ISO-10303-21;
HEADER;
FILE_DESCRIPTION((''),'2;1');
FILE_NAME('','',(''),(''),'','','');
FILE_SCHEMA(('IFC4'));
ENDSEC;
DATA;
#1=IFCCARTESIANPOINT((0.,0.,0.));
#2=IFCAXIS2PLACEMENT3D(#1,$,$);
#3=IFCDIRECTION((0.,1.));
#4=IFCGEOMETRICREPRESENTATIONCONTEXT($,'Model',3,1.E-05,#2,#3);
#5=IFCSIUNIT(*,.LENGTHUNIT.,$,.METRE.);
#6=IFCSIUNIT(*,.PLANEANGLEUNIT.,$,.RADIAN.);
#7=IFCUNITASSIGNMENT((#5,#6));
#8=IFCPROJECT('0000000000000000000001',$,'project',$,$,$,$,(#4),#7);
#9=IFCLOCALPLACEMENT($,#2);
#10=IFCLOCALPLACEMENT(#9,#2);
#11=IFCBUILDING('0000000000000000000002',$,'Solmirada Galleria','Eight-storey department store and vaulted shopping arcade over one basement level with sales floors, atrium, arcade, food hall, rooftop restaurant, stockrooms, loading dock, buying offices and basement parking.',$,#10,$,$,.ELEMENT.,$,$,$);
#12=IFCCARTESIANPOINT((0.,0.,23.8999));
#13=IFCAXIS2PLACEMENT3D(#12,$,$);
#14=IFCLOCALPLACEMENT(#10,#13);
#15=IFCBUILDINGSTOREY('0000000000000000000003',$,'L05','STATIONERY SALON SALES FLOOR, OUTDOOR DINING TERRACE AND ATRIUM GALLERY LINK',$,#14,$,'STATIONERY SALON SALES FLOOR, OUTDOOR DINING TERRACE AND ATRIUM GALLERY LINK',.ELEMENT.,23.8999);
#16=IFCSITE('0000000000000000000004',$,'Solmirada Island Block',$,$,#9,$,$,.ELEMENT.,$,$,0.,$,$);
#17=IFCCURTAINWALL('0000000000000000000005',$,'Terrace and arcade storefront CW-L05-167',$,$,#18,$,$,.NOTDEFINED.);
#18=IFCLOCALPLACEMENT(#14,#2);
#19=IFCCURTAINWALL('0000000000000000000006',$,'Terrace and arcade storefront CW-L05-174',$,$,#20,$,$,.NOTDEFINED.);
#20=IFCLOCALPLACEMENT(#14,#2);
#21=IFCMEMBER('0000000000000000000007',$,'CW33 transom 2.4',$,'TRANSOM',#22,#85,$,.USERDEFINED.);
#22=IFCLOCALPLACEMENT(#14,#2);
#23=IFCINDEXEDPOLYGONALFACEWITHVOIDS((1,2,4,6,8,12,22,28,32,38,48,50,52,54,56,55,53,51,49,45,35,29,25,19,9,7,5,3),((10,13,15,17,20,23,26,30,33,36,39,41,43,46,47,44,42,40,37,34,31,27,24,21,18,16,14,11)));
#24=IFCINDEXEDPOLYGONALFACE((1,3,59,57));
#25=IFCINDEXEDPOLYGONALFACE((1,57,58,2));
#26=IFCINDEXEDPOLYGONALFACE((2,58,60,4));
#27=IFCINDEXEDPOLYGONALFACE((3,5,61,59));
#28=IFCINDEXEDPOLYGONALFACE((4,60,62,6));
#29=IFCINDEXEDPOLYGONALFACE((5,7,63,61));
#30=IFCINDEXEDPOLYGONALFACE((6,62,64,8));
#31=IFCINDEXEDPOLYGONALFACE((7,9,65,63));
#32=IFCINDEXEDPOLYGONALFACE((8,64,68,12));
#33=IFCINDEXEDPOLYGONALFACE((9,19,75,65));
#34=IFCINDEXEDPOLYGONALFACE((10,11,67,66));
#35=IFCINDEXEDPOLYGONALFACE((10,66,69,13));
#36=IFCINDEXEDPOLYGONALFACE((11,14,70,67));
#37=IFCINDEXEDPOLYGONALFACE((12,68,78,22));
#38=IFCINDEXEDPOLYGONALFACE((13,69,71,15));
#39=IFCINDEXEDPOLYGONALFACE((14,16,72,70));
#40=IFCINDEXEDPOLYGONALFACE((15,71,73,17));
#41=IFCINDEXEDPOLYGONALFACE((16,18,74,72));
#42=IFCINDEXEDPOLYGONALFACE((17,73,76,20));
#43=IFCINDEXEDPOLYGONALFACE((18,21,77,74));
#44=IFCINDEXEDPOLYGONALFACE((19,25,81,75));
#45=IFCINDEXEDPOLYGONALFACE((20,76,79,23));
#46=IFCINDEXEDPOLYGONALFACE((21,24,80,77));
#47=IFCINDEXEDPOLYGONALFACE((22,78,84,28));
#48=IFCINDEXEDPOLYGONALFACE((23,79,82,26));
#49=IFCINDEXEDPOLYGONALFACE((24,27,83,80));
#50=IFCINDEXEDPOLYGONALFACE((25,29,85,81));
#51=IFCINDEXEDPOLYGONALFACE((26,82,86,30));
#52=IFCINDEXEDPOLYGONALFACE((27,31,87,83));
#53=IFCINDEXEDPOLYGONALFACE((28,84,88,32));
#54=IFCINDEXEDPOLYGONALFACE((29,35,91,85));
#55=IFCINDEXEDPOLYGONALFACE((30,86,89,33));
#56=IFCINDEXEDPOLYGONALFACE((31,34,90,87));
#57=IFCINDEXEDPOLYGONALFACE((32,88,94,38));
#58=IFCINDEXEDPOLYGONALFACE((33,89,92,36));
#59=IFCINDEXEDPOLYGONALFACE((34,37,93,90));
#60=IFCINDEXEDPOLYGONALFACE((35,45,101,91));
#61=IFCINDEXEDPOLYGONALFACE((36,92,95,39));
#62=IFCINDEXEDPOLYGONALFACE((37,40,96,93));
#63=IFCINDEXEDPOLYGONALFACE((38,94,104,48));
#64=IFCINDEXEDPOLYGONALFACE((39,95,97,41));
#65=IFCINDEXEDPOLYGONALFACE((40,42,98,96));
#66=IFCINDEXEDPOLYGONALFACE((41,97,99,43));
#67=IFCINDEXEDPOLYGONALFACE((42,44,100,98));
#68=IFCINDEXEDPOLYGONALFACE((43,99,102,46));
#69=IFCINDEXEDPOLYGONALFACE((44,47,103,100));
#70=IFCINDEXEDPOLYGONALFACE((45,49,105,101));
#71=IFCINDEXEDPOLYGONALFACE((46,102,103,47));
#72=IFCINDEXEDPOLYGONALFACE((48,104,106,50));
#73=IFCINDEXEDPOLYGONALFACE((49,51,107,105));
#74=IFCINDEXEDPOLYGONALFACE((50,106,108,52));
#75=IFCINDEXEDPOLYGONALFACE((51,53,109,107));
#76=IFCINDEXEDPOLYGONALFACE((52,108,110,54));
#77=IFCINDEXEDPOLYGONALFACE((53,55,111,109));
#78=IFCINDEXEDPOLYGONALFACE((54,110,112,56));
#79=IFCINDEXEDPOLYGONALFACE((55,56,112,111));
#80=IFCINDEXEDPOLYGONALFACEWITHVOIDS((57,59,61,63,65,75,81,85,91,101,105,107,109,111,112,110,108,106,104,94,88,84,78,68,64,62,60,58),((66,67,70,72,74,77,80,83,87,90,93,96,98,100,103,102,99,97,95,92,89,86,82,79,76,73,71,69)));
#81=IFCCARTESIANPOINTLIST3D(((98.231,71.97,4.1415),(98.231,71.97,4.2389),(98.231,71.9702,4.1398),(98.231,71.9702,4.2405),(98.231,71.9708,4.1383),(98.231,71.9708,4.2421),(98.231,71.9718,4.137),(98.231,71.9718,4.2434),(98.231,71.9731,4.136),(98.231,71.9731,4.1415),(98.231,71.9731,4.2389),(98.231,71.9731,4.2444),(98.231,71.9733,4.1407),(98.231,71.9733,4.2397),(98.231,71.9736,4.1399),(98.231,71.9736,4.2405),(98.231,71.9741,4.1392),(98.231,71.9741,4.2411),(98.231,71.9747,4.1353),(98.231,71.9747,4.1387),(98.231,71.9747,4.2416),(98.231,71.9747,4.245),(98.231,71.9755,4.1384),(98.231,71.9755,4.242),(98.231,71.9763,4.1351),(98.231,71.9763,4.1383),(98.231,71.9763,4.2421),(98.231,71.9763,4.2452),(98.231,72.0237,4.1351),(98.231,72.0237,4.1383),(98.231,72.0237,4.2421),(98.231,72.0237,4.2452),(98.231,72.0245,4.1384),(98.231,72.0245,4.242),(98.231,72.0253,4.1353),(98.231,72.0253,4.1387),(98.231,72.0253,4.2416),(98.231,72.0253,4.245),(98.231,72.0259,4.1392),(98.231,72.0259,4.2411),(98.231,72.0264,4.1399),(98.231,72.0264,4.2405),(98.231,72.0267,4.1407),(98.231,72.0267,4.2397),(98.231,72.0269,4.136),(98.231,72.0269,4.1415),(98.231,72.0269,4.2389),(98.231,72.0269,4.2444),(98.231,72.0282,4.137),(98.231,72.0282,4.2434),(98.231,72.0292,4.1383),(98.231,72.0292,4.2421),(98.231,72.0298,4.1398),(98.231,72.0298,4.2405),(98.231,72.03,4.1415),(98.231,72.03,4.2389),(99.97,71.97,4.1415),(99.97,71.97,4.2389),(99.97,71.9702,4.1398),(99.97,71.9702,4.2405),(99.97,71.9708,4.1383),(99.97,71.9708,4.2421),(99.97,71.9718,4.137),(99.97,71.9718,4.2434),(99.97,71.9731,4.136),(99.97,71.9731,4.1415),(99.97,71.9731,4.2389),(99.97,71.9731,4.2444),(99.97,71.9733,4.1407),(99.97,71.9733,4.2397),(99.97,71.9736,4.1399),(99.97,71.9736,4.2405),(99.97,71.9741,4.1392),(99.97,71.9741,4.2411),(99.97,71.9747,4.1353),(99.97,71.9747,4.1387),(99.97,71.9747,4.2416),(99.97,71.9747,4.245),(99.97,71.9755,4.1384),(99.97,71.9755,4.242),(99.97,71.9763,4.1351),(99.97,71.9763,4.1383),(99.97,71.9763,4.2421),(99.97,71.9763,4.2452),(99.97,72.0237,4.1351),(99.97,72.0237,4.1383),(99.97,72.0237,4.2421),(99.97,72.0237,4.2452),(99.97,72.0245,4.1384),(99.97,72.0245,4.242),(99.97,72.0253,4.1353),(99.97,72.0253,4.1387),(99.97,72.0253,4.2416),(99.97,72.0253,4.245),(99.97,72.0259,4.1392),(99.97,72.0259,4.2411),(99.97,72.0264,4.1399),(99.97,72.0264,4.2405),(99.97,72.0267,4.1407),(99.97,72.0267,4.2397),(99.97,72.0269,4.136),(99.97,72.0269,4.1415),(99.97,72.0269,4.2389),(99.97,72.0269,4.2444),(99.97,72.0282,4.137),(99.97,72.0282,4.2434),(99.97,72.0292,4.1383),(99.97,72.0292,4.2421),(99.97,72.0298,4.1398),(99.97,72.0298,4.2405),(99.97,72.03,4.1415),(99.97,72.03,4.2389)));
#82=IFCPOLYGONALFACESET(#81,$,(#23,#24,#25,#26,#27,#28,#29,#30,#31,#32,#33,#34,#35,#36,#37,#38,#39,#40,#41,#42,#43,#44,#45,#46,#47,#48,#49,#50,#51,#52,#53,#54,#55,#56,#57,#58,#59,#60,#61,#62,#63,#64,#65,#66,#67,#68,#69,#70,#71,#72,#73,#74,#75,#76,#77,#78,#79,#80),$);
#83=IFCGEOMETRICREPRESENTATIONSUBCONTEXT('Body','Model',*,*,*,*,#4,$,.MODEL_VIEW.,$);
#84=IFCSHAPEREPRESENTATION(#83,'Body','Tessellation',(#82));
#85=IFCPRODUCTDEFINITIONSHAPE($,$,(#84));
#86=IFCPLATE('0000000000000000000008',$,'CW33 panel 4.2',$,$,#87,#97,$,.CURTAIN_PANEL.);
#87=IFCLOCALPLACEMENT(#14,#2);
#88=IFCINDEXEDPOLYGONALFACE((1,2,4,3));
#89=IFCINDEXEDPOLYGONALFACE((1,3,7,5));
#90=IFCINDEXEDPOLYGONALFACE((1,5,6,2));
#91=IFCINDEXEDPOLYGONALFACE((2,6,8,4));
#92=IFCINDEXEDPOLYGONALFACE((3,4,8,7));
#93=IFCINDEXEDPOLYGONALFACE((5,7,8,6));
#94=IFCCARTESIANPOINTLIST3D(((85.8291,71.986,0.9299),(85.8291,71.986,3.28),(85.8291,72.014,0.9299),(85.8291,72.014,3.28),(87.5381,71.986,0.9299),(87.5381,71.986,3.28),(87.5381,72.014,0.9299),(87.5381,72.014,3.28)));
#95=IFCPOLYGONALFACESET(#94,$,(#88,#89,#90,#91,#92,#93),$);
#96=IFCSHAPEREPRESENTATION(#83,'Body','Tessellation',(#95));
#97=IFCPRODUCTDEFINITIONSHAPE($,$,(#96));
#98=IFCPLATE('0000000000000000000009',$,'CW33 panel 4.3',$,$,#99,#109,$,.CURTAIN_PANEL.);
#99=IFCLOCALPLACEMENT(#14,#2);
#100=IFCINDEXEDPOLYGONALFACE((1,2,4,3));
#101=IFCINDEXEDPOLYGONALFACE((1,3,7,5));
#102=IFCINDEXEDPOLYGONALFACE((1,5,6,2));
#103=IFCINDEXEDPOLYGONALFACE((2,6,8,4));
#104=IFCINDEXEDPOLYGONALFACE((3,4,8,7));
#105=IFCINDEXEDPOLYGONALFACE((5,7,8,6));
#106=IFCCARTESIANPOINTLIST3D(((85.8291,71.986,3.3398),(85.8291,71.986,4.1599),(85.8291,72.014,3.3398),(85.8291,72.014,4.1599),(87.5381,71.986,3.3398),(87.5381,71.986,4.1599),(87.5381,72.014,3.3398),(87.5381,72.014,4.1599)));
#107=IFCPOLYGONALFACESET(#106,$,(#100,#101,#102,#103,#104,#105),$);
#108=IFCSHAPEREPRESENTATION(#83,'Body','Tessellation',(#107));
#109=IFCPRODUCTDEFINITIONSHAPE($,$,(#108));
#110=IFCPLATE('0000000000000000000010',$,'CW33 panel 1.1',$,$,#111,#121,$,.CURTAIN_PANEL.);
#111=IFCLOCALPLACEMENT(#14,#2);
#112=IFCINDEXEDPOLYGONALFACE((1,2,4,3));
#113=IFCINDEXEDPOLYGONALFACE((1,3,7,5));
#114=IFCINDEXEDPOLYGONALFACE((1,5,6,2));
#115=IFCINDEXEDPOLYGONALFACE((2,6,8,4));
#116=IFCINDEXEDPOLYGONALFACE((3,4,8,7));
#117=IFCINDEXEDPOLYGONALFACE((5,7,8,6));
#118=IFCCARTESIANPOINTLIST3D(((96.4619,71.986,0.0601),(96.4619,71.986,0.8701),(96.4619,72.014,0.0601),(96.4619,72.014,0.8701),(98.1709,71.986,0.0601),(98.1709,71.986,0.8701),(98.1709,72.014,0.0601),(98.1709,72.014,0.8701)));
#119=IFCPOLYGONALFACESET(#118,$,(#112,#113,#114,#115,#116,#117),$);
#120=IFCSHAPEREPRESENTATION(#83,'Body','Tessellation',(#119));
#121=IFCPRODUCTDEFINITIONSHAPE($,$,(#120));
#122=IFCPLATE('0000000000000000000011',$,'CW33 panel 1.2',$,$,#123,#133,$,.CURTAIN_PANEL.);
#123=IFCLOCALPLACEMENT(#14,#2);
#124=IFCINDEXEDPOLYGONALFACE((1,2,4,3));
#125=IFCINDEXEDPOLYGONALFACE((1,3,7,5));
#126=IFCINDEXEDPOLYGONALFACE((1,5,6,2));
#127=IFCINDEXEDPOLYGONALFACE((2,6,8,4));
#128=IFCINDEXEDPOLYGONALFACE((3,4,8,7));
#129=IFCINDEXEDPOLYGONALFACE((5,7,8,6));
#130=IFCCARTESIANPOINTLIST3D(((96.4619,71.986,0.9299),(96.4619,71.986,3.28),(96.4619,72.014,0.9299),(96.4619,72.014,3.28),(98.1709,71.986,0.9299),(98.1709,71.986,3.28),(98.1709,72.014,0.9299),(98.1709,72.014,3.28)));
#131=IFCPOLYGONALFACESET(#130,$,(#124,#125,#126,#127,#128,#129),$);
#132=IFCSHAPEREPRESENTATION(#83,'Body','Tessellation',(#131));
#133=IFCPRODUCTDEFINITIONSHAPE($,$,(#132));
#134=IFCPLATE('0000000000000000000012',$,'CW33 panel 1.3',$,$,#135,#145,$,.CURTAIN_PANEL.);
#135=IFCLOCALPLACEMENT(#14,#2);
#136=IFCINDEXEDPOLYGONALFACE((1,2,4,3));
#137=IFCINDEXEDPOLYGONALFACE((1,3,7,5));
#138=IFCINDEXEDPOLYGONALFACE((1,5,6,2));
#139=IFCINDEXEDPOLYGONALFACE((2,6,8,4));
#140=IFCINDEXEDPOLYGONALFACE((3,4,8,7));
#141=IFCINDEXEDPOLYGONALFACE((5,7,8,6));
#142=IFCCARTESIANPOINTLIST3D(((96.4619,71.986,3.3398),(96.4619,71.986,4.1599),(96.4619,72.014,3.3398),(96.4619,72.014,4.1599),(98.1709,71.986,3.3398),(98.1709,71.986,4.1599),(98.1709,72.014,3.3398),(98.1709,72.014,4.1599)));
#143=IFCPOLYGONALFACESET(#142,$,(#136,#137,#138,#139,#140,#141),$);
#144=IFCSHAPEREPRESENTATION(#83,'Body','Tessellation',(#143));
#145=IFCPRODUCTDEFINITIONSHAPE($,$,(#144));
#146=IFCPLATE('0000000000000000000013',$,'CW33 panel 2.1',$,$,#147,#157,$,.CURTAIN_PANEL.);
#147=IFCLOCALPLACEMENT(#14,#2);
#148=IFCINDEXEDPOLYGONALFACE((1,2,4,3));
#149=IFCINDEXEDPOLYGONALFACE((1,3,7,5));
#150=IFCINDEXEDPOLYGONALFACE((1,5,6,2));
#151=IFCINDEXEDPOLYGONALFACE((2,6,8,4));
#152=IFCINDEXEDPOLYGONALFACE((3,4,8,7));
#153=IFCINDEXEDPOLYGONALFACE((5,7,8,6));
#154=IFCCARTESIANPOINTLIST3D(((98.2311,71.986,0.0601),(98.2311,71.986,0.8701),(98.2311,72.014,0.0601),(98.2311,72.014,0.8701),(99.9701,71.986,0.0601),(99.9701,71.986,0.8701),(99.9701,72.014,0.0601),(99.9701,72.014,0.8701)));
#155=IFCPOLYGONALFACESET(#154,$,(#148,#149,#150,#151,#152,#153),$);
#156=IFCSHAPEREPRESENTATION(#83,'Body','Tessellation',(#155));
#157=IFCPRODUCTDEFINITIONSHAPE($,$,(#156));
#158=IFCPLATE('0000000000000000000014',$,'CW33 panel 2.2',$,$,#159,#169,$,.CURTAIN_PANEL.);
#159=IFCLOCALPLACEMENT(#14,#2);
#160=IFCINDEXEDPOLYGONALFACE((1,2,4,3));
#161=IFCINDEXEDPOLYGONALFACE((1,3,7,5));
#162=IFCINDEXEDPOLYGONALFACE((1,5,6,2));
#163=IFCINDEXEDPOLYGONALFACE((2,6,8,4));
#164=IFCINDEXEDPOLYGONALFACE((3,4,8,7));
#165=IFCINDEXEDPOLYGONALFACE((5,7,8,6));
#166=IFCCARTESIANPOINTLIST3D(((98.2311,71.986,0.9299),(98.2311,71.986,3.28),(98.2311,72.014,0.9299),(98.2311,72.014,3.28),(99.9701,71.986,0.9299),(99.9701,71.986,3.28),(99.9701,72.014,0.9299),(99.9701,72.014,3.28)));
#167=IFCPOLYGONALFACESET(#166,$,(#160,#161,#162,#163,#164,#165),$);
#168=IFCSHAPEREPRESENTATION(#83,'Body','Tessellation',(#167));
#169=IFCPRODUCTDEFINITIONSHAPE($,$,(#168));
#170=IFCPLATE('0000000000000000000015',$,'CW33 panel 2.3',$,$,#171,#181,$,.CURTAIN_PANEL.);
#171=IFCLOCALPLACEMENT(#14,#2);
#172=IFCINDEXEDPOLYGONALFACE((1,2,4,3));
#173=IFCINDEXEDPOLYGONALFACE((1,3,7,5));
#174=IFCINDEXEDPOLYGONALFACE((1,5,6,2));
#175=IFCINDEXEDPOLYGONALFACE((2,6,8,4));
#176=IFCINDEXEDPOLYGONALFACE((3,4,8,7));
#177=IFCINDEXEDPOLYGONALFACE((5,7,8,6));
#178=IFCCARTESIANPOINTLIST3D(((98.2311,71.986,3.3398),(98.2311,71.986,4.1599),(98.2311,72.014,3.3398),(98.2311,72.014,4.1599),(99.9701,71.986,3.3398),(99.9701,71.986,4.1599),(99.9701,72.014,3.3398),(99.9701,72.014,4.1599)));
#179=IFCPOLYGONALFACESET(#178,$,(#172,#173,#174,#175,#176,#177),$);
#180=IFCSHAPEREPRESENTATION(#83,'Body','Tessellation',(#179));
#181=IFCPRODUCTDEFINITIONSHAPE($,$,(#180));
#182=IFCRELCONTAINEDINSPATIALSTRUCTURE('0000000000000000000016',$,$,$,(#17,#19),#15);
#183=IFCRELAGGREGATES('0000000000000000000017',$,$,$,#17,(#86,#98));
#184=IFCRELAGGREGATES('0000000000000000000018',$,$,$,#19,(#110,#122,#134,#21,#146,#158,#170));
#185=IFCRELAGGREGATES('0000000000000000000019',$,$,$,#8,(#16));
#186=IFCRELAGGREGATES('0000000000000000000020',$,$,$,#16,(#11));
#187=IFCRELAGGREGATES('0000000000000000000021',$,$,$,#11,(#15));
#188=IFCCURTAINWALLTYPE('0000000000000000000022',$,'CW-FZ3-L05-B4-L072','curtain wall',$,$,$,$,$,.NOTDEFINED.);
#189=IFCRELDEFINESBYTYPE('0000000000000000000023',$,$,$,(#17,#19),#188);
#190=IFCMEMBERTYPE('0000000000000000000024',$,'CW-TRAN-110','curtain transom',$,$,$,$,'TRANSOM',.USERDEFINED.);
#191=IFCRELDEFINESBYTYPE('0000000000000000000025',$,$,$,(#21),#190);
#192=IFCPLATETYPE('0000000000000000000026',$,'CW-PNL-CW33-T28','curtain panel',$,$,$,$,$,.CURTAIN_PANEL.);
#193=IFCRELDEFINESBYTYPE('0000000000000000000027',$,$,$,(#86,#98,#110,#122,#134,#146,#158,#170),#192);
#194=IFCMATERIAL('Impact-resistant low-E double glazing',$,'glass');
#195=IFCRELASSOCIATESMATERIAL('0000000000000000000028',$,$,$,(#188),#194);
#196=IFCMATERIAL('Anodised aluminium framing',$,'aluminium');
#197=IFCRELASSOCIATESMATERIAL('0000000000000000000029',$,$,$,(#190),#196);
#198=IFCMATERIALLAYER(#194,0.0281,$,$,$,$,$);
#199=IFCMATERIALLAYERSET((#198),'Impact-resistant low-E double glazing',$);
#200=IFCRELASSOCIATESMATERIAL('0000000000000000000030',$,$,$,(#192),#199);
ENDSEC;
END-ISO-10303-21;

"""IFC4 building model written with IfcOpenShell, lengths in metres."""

from ifc_helpers import new_model, si_unit, direction, frame, origin, origin_2d, place, context, subcontext, project, spatial, rectangle, hollow_rectangle, extrude, material, layer, layer_set, material_profile, profile_set, type_object, element, aggregate, save


model = new_model("IFC4")

# Units and contexts
model_context = context("Model", 3, precision=1e-05, world=origin(), true_north=direction((0.0, 1.0)))
body_context = subcontext(model_context, "Body", "Model", "MODEL_VIEW")
ifc_project = project(units=[si_unit("LENGTHUNIT", "METRE"), si_unit("PLANEANGLEUNIT", "RADIAN")], contexts=[model_context])

# Site, building, storey
site_placement = place(None, origin())
site = spatial("IfcSite", under=ifc_project, at=site_placement, Name="Solmirada Island Block", CompositionType="ELEMENT", RefElevation=0.0)
building_placement = place(site_placement, origin())
building = spatial("IfcBuilding", under=site, at=building_placement, Name="Solmirada Galleria", Description="Eight-storey department store and vaulted shopping arcade over one basement level with sales floors, atrium, arcade, food hall, rooftop restaurant, stockrooms, loading dock, buying offices and basement parking.", CompositionType="ELEMENT")
storey_placement = place(building_placement, frame((0.0, 0.0, 23.8999)))
storey = spatial("IfcBuildingStorey", under=building, at=storey_placement, Name="L05", Description="STATIONERY SALON SALES FLOOR, OUTDOOR DINING TERRACE AND ATRIUM GALLERY LINK", LongName="STATIONERY SALON SALES FLOOR, OUTDOOR DINING TERRACE AND ATRIUM GALLERY LINK", CompositionType="ELEMENT", Elevation=23.8999)

# Curtain wall
ifc_material_1 = material(Name="Impact-resistant low-E double glazing", Category="glass")
curtain_wall_type = type_object("IfcCurtainWallType", Name="CW-FZ3-L05-B4-L072", Description="curtain wall", PredefinedType="NOTDEFINED", material=ifc_material_1)
curtain_wall_1_placement = place(storey_placement, origin())
curtain_wall_1 = element("IfcCurtainWall", 1, at=curtain_wall_1_placement, inside=storey, type_object=curtain_wall_type, Name="Terrace and arcade storefront CW-L05-167", PredefinedType="NOTDEFINED")
ifc_material_2 = material(Name="Anodised aluminium framing", Category="aluminium")

# Curtain wall, member
curtain_wall_2_placement = place(storey_placement, origin())
curtain_wall_2 = element("IfcCurtainWall", 2, at=curtain_wall_2_placement, inside=storey, type_object=curtain_wall_type, Name="Terrace and arcade storefront CW-L05-174", PredefinedType="NOTDEFINED")
ifc_material_profile_1 = material_profile(ifc_material_2, hollow_rectangle(XDim=0.0601, YDim=0.1101, WallThickness=0.0032, InnerFilletRadius=0.0032, OuterFilletRadius=0.0063, at=origin_2d()), Name="ALU-TRAN-110X60")
ifc_profile_set_1 = profile_set([ifc_material_profile_1], Name="Anodised aluminium framing")
member_type_1 = type_object("IfcMemberType", Name="CW-TRAN-110", Description="curtain transom", ElementType="TRANSOM", PredefinedType="USERDEFINED", material=ifc_profile_set_1)
member_1_placement = place(storey_placement, frame((98.231, 72.0, 4.1902), z_axis=(1.0, 0.0, 0.0), x_axis=(0.0, 1.0, 0.0)))
member_1 = element("IfcMember", 3, at=member_1_placement, type_object=member_type_1, Name="CW33 transom 2.4", ObjectType="TRANSOM", PredefinedType="USERDEFINED", context=body_context, shape_type="SweptSolid", body=[
    extrude(hollow_rectangle(XDim=0.0601, YDim=0.1101, WallThickness=0.0032, InnerFilletRadius=0.0032, OuterFilletRadius=0.0063, at=origin_2d()), origin(), (0.0, 0.0, 1.0), 1.739),
])

# Plates
ifc_layer = layer(ifc_material_1, 0.0281)
ifc_layer_set = layer_set([ifc_layer], Name="Impact-resistant low-E double glazing")
plate_type = type_object("IfcPlateType", Name="CW-PNL-CW33-T28", Description="curtain panel", PredefinedType="CURTAIN_PANEL", material=ifc_layer_set)
plate_1_placement = place(storey_placement, frame((86.6836, 72.0, 0.9299), z_axis=(0.0, 0.0, 1.0), x_axis=(1.0, 0.0, 0.0)))
plate_1 = element("IfcPlate", 4, at=plate_1_placement, type_object=plate_type, Name="CW33 panel 4.2", PredefinedType="CURTAIN_PANEL", context=body_context, shape_type="SweptSolid", body=[
    extrude(rectangle(XDim=1.709, YDim=0.0281, at=origin_2d()), origin(), (0.0, 0.0, 1.0), 2.3501),
])
plate_2_placement = place(storey_placement, frame((86.6836, 72.0, 3.3398), z_axis=(0.0, 0.0, 1.0), x_axis=(1.0, 0.0, 0.0)))
plate_2 = element("IfcPlate", 5, at=plate_2_placement, type_object=plate_type, Name="CW33 panel 4.3", PredefinedType="CURTAIN_PANEL", context=body_context, shape_type="SweptSolid", body=[
    extrude(rectangle(XDim=1.709, YDim=0.0281, at=origin_2d()), origin(), (0.0, 0.0, 1.0), 0.8201),
])
aggregate(curtain_wall_1, [plate_1, plate_2])
plate_3_placement = place(storey_placement, frame((97.3164, 72.0, 0.0601), z_axis=(0.0, 0.0, 1.0), x_axis=(1.0, 0.0, 0.0)))
plate_3 = element("IfcPlate", 6, at=plate_3_placement, type_object=plate_type, Name="CW33 panel 1.1", PredefinedType="CURTAIN_PANEL", context=body_context, shape_type="SweptSolid", body=[
    extrude(rectangle(XDim=1.709, YDim=0.0281, at=origin_2d()), origin(), (0.0, 0.0, 1.0), 0.8101),
])
plate_4_placement = place(storey_placement, frame((97.3164, 72.0, 0.9299), z_axis=(0.0, 0.0, 1.0), x_axis=(1.0, 0.0, 0.0)))
plate_4 = element("IfcPlate", 7, at=plate_4_placement, type_object=plate_type, Name="CW33 panel 1.2", PredefinedType="CURTAIN_PANEL", context=body_context, shape_type="SweptSolid", body=[
    extrude(rectangle(XDim=1.709, YDim=0.0281, at=origin_2d()), origin(), (0.0, 0.0, 1.0), 2.3501),
])
plate_5_placement = place(storey_placement, frame((97.3164, 72.0, 3.3398), z_axis=(0.0, 0.0, 1.0), x_axis=(1.0, 0.0, 0.0)))
plate_5 = element("IfcPlate", 8, at=plate_5_placement, type_object=plate_type, Name="CW33 panel 1.3", PredefinedType="CURTAIN_PANEL", context=body_context, shape_type="SweptSolid", body=[
    extrude(rectangle(XDim=1.709, YDim=0.0281, at=origin_2d()), origin(), (0.0, 0.0, 1.0), 0.8201),
])
plate_6_placement = place(storey_placement, frame((99.1006, 72.0, 0.0601), z_axis=(0.0, 0.0, 1.0), x_axis=(1.0, 0.0, 0.0)))
plate_6 = element("IfcPlate", 9, at=plate_6_placement, type_object=plate_type, Name="CW33 panel 2.1", PredefinedType="CURTAIN_PANEL", context=body_context, shape_type="SweptSolid", body=[
    extrude(rectangle(XDim=1.739, YDim=0.0281, at=origin_2d()), origin(), (0.0, 0.0, 1.0), 0.8101),
])
plate_7_placement = place(storey_placement, frame((99.1006, 72.0, 0.9299), z_axis=(0.0, 0.0, 1.0), x_axis=(1.0, 0.0, 0.0)))
plate_7 = element("IfcPlate", 10, at=plate_7_placement, type_object=plate_type, Name="CW33 panel 2.2", PredefinedType="CURTAIN_PANEL", context=body_context, shape_type="SweptSolid", body=[
    extrude(rectangle(XDim=1.739, YDim=0.0281, at=origin_2d()), origin(), (0.0, 0.0, 1.0), 2.3501),
])
plate_8_placement = place(storey_placement, frame((99.1006, 72.0, 3.3398), z_axis=(0.0, 0.0, 1.0), x_axis=(1.0, 0.0, 0.0)))
plate_8 = element("IfcPlate", 11, at=plate_8_placement, type_object=plate_type, Name="CW33 panel 2.3", PredefinedType="CURTAIN_PANEL", context=body_context, shape_type="SweptSolid", body=[
    extrude(rectangle(XDim=1.739, YDim=0.0281, at=origin_2d()), origin(), (0.0, 0.0, 1.0), 0.8201),
])
aggregate(curtain_wall_2, [plate_3, plate_4, plate_5, member_1, plate_6, plate_7, plate_8])

save(model, "model.ifc")
